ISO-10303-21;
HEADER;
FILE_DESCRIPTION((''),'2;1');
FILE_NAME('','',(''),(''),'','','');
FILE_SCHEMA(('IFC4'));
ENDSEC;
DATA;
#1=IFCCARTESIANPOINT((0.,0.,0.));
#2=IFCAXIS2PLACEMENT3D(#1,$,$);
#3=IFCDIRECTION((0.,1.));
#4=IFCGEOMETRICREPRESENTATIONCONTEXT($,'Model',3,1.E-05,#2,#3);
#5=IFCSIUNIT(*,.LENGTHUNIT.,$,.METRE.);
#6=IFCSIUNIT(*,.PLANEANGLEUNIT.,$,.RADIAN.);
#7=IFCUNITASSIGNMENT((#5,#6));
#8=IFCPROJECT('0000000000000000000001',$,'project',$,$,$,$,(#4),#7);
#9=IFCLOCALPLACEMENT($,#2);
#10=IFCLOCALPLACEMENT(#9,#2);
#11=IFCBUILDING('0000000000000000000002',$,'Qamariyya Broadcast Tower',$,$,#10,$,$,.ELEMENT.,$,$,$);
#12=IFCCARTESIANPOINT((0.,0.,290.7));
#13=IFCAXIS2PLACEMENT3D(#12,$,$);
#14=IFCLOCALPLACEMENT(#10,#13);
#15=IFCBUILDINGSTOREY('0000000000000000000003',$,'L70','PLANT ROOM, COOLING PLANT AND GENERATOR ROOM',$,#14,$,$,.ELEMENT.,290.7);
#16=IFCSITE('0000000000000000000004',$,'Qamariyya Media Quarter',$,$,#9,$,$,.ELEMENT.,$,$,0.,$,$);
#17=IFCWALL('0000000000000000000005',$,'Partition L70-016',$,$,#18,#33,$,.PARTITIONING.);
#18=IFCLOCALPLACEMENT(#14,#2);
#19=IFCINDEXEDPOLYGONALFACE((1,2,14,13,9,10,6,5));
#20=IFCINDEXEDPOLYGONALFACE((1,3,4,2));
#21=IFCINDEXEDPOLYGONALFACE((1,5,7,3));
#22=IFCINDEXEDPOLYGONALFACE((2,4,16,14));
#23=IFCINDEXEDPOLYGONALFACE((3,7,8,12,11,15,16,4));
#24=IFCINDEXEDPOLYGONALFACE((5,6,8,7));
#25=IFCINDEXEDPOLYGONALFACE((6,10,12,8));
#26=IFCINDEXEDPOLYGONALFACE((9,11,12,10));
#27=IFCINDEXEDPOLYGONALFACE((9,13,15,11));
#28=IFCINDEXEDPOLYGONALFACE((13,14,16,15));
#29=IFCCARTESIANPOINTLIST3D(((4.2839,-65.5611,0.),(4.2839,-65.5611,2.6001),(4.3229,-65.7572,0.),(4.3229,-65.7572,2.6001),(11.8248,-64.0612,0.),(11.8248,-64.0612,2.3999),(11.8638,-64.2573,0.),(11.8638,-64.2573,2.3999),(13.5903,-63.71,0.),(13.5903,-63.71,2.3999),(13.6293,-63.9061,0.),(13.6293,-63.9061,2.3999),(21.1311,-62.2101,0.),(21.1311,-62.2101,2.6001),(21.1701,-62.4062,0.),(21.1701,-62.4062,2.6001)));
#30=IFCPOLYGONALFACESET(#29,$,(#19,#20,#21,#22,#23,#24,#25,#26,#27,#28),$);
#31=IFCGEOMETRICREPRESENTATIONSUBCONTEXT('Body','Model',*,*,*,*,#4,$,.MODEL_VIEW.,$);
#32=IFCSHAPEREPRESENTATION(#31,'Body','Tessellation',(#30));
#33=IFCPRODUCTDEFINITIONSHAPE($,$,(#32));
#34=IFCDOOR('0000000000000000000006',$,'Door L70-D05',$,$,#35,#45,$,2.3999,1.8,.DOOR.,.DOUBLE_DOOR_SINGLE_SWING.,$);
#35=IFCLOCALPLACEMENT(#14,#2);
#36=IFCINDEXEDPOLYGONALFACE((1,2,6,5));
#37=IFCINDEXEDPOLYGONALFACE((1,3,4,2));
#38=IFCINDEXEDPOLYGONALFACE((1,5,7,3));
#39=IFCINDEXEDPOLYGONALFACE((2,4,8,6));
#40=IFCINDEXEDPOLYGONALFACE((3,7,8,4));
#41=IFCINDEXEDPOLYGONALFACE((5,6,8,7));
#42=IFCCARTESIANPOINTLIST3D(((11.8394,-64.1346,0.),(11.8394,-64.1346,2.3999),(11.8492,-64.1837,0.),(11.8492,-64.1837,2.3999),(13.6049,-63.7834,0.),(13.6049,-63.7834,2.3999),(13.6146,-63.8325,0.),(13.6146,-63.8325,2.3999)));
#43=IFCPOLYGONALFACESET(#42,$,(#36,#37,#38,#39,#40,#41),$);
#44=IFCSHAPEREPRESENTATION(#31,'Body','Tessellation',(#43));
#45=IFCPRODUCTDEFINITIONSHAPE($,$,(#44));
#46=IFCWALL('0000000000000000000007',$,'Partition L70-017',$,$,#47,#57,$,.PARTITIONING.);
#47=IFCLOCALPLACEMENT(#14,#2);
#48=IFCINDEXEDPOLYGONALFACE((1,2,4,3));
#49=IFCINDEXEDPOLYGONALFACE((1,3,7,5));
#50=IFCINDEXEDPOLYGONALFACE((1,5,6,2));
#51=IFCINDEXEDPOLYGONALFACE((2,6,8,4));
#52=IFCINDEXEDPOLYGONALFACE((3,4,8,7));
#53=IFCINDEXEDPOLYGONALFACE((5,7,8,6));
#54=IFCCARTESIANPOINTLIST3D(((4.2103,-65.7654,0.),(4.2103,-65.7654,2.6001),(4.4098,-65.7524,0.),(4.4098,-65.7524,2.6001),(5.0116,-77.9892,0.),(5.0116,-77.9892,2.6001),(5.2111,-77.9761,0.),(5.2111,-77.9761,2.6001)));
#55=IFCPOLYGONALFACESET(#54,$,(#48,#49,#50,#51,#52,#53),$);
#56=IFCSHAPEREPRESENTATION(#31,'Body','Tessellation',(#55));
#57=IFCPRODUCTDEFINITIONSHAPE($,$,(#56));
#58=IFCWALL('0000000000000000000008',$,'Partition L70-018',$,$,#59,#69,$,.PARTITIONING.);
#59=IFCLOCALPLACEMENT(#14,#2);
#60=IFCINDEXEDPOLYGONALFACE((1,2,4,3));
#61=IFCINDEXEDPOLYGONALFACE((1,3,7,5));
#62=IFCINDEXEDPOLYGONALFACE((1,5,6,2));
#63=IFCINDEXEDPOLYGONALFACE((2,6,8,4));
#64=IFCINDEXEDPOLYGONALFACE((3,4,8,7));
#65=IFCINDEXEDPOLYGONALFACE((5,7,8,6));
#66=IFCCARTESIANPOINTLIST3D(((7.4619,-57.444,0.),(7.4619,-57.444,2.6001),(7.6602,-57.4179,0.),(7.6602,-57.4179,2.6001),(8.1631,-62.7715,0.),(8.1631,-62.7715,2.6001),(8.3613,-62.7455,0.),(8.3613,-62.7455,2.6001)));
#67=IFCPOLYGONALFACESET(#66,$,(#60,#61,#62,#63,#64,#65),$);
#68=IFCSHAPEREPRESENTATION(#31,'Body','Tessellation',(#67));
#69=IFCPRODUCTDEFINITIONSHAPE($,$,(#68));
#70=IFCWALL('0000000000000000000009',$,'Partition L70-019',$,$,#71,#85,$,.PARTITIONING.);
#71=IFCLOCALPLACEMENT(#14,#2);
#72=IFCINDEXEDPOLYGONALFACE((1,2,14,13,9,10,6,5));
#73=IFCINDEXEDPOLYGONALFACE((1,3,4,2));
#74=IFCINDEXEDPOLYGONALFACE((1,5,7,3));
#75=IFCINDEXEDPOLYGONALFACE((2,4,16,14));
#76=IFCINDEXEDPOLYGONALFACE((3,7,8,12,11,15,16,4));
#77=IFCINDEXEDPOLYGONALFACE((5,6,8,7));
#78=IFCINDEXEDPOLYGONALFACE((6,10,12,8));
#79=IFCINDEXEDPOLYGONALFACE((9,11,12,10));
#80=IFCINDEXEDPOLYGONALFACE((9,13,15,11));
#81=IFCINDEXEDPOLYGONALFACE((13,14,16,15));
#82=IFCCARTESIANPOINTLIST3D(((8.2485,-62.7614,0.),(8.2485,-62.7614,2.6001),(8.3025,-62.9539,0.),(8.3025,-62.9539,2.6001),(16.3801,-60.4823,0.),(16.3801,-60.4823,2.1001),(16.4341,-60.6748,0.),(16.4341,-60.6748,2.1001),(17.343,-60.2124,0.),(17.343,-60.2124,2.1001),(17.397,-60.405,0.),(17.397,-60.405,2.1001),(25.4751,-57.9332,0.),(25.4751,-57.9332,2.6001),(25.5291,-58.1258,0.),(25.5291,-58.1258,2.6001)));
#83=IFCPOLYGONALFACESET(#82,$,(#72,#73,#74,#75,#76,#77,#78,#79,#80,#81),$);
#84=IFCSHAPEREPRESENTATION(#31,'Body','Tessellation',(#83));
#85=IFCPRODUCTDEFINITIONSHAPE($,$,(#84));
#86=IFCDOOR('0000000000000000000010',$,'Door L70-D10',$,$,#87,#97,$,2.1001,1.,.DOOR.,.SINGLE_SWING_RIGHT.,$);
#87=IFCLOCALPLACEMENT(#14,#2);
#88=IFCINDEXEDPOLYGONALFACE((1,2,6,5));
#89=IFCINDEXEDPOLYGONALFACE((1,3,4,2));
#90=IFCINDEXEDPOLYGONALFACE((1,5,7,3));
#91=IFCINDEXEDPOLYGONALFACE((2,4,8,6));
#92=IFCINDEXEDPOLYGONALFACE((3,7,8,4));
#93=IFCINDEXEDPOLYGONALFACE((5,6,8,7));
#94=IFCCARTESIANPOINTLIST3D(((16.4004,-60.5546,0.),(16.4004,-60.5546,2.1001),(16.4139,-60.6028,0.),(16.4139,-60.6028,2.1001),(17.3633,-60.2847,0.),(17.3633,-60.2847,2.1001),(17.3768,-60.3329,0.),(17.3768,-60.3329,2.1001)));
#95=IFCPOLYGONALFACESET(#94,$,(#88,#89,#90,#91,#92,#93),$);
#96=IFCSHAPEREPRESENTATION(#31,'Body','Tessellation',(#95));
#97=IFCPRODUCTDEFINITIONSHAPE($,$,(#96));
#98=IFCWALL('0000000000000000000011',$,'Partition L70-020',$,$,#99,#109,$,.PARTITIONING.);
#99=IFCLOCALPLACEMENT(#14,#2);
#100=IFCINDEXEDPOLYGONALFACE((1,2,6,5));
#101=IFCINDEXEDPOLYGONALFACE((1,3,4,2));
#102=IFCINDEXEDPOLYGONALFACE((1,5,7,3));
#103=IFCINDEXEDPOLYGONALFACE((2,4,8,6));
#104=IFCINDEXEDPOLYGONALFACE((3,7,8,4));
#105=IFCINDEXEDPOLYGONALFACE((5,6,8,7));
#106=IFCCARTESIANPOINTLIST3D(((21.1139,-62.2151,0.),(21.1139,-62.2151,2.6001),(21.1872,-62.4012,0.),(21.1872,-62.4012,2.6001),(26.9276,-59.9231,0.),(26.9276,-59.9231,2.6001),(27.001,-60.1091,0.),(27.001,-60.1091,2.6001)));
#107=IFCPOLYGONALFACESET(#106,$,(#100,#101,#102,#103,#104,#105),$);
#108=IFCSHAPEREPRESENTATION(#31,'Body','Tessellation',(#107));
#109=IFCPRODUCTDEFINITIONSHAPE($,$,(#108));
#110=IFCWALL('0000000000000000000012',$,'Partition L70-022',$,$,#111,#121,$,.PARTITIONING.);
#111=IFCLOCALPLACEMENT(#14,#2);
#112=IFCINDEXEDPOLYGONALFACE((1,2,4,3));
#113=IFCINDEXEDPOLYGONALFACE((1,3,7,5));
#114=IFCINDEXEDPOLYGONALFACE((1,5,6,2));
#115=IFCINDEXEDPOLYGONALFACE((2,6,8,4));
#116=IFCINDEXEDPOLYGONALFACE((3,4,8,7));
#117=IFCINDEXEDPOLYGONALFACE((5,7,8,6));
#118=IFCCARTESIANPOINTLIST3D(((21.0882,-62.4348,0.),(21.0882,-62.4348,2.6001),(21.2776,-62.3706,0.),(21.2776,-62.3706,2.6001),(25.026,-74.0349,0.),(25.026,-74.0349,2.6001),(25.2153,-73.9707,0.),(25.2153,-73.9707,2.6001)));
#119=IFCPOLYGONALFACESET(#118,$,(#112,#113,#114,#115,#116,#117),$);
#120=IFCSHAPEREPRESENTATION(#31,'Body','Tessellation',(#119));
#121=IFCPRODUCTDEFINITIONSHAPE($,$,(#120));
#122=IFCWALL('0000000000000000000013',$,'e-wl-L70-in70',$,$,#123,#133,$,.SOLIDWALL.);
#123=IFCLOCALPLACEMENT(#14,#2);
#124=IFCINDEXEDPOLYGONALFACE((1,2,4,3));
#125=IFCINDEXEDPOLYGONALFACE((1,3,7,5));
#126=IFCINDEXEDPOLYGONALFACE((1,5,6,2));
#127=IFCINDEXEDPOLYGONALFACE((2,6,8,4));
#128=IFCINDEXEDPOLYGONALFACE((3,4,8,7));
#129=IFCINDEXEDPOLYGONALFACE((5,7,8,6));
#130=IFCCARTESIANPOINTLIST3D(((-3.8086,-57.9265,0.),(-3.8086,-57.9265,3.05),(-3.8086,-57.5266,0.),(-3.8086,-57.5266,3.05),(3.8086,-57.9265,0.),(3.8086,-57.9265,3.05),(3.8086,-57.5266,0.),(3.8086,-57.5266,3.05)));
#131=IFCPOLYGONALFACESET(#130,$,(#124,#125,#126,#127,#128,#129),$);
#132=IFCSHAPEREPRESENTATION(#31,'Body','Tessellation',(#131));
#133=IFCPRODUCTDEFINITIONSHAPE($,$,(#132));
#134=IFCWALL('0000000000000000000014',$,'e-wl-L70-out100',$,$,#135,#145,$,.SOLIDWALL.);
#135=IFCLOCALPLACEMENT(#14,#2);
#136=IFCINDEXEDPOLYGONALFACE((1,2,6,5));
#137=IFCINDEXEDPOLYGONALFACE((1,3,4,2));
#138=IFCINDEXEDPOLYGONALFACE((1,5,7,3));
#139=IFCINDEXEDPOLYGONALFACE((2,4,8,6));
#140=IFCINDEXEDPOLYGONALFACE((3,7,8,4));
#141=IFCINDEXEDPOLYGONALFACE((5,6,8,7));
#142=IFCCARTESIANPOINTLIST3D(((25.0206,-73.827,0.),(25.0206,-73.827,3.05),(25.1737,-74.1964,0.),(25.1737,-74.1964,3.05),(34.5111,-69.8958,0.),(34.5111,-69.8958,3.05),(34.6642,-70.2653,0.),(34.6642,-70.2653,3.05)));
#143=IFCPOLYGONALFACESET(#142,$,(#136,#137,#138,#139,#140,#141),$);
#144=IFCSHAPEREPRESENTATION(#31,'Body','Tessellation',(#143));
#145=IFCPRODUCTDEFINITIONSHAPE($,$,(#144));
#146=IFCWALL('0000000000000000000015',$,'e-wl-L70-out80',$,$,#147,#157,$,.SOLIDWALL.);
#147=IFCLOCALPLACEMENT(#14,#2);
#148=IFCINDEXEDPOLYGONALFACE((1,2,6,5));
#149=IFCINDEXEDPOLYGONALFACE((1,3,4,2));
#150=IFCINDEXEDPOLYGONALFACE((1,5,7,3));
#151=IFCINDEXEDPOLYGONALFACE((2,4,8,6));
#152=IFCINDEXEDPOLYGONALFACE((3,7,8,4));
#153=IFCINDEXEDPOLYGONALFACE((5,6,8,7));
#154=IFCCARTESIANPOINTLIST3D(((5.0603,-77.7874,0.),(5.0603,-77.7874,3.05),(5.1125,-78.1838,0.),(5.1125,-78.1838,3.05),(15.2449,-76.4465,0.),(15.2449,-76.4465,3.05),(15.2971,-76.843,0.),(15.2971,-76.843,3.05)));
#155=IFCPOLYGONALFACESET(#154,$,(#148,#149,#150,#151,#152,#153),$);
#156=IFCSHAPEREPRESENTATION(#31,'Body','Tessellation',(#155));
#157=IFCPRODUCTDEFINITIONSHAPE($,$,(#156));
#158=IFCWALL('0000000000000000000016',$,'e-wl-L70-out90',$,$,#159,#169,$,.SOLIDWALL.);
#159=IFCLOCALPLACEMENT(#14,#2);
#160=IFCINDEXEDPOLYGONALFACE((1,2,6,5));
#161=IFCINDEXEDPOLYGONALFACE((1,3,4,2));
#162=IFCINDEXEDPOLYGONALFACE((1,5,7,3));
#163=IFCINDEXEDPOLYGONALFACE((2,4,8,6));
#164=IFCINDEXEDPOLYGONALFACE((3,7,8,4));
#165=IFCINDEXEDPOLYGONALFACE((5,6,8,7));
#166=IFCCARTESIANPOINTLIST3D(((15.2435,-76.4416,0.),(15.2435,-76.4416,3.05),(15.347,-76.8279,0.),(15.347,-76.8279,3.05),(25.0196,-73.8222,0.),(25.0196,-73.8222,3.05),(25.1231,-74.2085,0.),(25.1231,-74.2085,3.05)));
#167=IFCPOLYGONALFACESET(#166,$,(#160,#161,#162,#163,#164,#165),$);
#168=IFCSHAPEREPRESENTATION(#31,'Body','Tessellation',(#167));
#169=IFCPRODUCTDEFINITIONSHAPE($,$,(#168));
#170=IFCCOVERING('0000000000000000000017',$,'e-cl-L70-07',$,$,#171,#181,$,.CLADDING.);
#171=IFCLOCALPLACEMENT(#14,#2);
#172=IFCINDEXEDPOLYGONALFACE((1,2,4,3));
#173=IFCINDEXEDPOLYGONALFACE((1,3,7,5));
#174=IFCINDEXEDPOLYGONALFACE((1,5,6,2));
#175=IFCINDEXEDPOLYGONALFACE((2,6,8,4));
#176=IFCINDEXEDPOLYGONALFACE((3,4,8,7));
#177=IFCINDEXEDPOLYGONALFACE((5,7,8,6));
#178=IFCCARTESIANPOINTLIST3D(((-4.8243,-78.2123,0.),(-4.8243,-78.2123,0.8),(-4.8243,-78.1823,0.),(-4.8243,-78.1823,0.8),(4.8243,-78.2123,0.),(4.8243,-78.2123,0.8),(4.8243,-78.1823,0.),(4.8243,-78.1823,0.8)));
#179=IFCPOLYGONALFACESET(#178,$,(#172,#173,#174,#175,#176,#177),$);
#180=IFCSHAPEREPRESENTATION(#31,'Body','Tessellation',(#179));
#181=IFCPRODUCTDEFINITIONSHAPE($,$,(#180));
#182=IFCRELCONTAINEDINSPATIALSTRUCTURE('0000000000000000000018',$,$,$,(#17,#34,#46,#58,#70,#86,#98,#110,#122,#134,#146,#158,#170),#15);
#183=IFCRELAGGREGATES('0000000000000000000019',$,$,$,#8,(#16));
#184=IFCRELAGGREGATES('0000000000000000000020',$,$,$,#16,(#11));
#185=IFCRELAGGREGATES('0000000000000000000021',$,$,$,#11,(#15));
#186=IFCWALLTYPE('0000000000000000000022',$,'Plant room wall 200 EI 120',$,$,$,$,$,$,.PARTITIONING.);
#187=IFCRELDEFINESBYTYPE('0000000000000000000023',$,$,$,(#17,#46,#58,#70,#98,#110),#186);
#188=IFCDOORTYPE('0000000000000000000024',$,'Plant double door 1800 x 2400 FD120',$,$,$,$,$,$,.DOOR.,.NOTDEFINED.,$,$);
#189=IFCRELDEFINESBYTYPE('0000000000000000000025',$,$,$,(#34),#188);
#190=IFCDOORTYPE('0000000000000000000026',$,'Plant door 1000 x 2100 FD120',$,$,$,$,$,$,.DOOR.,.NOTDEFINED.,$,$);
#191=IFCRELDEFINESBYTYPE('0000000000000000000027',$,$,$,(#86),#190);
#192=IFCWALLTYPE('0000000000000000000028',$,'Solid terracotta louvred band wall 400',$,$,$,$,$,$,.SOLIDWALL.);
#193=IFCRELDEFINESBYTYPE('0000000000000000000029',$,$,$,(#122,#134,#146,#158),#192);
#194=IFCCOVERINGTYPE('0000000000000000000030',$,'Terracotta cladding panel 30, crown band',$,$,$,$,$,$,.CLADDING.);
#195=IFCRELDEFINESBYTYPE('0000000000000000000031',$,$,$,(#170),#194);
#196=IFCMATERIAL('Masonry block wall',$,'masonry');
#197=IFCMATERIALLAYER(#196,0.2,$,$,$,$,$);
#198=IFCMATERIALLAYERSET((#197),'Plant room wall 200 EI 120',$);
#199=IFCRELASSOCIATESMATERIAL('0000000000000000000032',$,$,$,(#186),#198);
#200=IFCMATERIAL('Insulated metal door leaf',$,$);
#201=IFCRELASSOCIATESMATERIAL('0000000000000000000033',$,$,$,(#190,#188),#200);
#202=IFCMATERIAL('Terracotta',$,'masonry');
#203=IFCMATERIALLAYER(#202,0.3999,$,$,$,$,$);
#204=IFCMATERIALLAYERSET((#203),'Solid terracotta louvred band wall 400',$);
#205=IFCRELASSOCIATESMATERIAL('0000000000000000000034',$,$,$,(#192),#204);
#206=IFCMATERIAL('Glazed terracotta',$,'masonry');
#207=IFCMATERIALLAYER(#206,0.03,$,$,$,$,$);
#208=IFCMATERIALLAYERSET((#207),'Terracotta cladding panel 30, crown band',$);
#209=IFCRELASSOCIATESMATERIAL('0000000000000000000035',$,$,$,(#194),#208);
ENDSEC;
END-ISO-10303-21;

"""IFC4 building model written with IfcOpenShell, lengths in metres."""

from ifc_helpers import new_model, si_unit, direction, frame, frame_2d, origin, origin_2d, place, context, subcontext, project, spatial, rectangle, extrude, material, layer, layer_set, type_object, element, fill, save


model = new_model("IFC4")

# Units and contexts
model_context = context("Model", 3, precision=1e-05, world=origin(), true_north=direction((0.0, 1.0)))
body_context = subcontext(model_context, "Body", "Model", "MODEL_VIEW")
ifc_project = project(units=[si_unit("LENGTHUNIT", "METRE"), si_unit("PLANEANGLEUNIT", "RADIAN")], contexts=[model_context])

# Site, building, storey
site_placement = place(None, origin())
site = spatial("IfcSite", under=ifc_project, at=site_placement, Name="Qamariyya Media Quarter", CompositionType="ELEMENT", RefElevation=0.0)
building_placement = place(site_placement, origin())
building = spatial("IfcBuilding", under=site, at=building_placement, Name="Qamariyya Broadcast Tower", CompositionType="ELEMENT")
storey_placement = place(building_placement, frame((0.0, 0.0, 290.7)))
storey = spatial("IfcBuildingStorey", under=building, at=storey_placement, Name="L70", Description="PLANT ROOM, COOLING PLANT AND GENERATOR ROOM", CompositionType="ELEMENT", Elevation=290.7)

# Wall, opening, door
ifc_material_1 = material(Name="Masonry block wall", Category="masonry")
ifc_layer_1 = layer(ifc_material_1, 0.2)
ifc_layer_set_1 = layer_set([ifc_layer_1], Name="Plant room wall 200 EI 120")
wall_type_1 = type_object("IfcWallType", Name="Plant room wall 200 EI 120", PredefinedType="PARTITIONING", material=ifc_layer_set_1)
ifc_material_2 = material(Name="Insulated metal door leaf")
door_type_1 = type_object("IfcDoorType", Name="Plant door 1000 x 2100 FD120", OperationType="NOTDEFINED", PredefinedType="DOOR", material=ifc_material_2)
wall_1_placement = place(storey_placement, frame((21.1506, -62.3081, 0.0), z_axis=(0.0, 0.0, 1.0), x_axis=(-0.980786, -0.195088, 0.0)))
wall_1 = element("IfcWall", 1, at=wall_1_placement, inside=storey, type_object=wall_type_1, Name="Partition L70-016", PredefinedType="PARTITIONING", context=body_context, shape_type="SweptSolid", body=[
    extrude(rectangle(XDim=17.1772, YDim=0.2, at=frame_2d((8.5886, 0.0))), origin(), (0.0, 0.0, 1.0), 2.6001),
])
opening_1_placement = place(wall_1_placement, frame((7.6887, 0.0, 0.0)))
opening_1 = element("IfcOpeningElement", 2, at=opening_1_placement, cuts=wall_1, PredefinedType="OPENING", context=body_context, shape_type="SweptSolid", body=[
    extrude(rectangle(XDim=1.8, YDim=2.3999, at=frame_2d((0.8999, 1.2))), frame((0.0, 0.1099, 0.0), z_axis=(0.0, -1.0, 0.0), x_axis=(1.0, 0.0, 0.0)), (0.0, 0.0, 1.0), 0.22),
])
door_type_2 = type_object("IfcDoorType", Name="Plant double door 1800 x 2400 FD120", OperationType="NOTDEFINED", PredefinedType="DOOR", material=ifc_material_2)
door_1_placement = place(opening_1_placement, origin())
door_1 = element("IfcDoor", 3, at=door_1_placement, inside=storey, type_object=door_type_2, Name="Door L70-D05", OperationType="DOUBLE_DOOR_SINGLE_SWING", OverallHeight=2.3999, OverallWidth=1.8, PredefinedType="DOOR", context=body_context, shape_type="SweptSolid", body=[
    extrude(rectangle(XDim=1.8, YDim=2.3999, at=frame_2d((0.8999, 1.2))), frame((0.0, 0.0249, 0.0), z_axis=(0.0, -1.0, 0.0), x_axis=(1.0, 0.0, 0.0)), (0.0, 0.0, 1.0), 0.05),
])
fill(opening_1, door_1)

# Walls
wall_2_placement = place(storey_placement, frame((5.1113, -77.9827, 0.0), z_axis=(0.0, 0.0, 1.0), x_axis=(-0.065409, 0.997859, 0.0)))
element("IfcWall", 4, at=wall_2_placement, inside=storey, type_object=wall_type_1, Name="Partition L70-017", PredefinedType="PARTITIONING", context=body_context, shape_type="SweptSolid", body=[
    extrude(rectangle(XDim=12.25, YDim=0.2, at=frame_2d((6.125, 0.0))), origin(), (0.0, 0.0, 1.0), 2.6001),
])
wall_3_placement = place(storey_placement, frame((7.561, -57.4309, 0.0), z_axis=(0.0, 0.0, 1.0), x_axis=(0.130485, -0.99145, 0.0)))
element("IfcWall", 5, at=wall_3_placement, inside=storey, type_object=wall_type_1, Name="Partition L70-018", PredefinedType="PARTITIONING", context=body_context, shape_type="SweptSolid", body=[
    extrude(rectangle(XDim=5.3735, YDim=0.2, at=frame_2d((2.6868, 0.0))), origin(), (0.0, 0.0, 1.0), 2.6001),
])

# Wall, opening, door
wall_4_placement = place(storey_placement, frame((8.2754, -62.8577, 0.0), z_axis=(0.0, 0.0, 1.0), x_axis=(0.962896, 0.269873, 0.0)))
wall_4 = element("IfcWall", 6, at=wall_4_placement, inside=storey, type_object=wall_type_1, Name="Partition L70-019", PredefinedType="PARTITIONING", context=body_context, shape_type="SweptSolid", body=[
    extrude(rectangle(XDim=17.8904, YDim=0.2, at=frame_2d((8.9453, 0.0))), origin(), (0.0, 0.0, 1.0), 2.6001),
])
opening_2_placement = place(wall_4_placement, frame((8.4451, 0.0, 0.0)))
opening_2 = element("IfcOpeningElement", 7, at=opening_2_placement, cuts=wall_4, PredefinedType="OPENING", context=body_context, shape_type="SweptSolid", body=[
    extrude(rectangle(XDim=1.0, YDim=2.1001, at=frame_2d((0.5, 1.05))), frame((0.0, 0.1099, 0.0), z_axis=(0.0, -1.0, 0.0), x_axis=(1.0, 0.0, 0.0)), (0.0, 0.0, 1.0), 0.22),
])
door_2_placement = place(opening_2_placement, origin())
door_2 = element("IfcDoor", 8, at=door_2_placement, inside=storey, type_object=door_type_1, Name="Door L70-D10", OperationType="SINGLE_SWING_RIGHT", OverallHeight=2.1001, OverallWidth=1.0, PredefinedType="DOOR", context=body_context, shape_type="SweptSolid", body=[
    extrude(rectangle(XDim=1.0, YDim=2.1001, at=frame_2d((0.5, 1.05))), frame((0.0, 0.0249, 0.0), z_axis=(0.0, -1.0, 0.0), x_axis=(1.0, 0.0, 0.0)), (0.0, 0.0, 1.0), 0.05),
])
fill(opening_2, door_2)

# Walls
wall_5_placement = place(storey_placement, frame((21.1506, -62.3081, 0.0), z_axis=(0.0, 0.0, 1.0), x_axis=(0.930313, 0.366765, 0.0)))
element("IfcWall", 9, at=wall_5_placement, inside=storey, type_object=wall_type_1, Name="Partition L70-020", PredefinedType="PARTITIONING", context=body_context, shape_type="SweptSolid", body=[
    extrude(rectangle(XDim=6.2493, YDim=0.2, at=frame_2d((3.1245, 0.0))), origin(), (0.0, 0.0, 1.0), 2.6001),
])
wall_6_placement = place(storey_placement, frame((25.1206, -74.0027, 0.0), z_axis=(0.0, 0.0, 1.0), x_axis=(-0.321443, 0.946929, 0.0)))
element("IfcWall", 10, at=wall_6_placement, inside=storey, type_object=wall_type_1, Name="Partition L70-022", PredefinedType="PARTITIONING", context=body_context, shape_type="SweptSolid", body=[
    extrude(rectangle(XDim=12.2502, YDim=0.2, at=frame_2d((6.125, 0.0))), origin(), (0.0, 0.0, 1.0), 2.6001),
])
ifc_material_3 = material(Name="Terracotta", Category="masonry")
ifc_layer_2 = layer(ifc_material_3, 0.3999)
ifc_layer_set_2 = layer_set([ifc_layer_2], Name="Solid terracotta louvred band wall 400")
wall_type_2 = type_object("IfcWallType", Name="Solid terracotta louvred band wall 400", PredefinedType="SOLIDWALL", material=ifc_layer_set_2)
wall_7_placement = place(storey_placement, frame((3.8086, -57.7266, 0.0), z_axis=(0.0, 0.0, 1.0), x_axis=(-1.0, 0.0, 0.0)))
element("IfcWall", 11, at=wall_7_placement, inside=storey, type_object=wall_type_2, Name="e-wl-L70-in70", PredefinedType="SOLIDWALL", context=body_context, shape_type="SweptSolid", body=[
    extrude(rectangle(XDim=7.6172, YDim=0.3999, at=frame_2d((3.8086, 0.0))), origin(), (0.0, 0.0, 1.0), 3.05),
])
for number, where, z_axis, x_axis, name in (
    (12, (25.0972, -74.0117, 0.0), (0.0, 0.0, 1.0), (0.923877, 0.382689, 0.0), "e-wl-L70-out100"),
    (13, (5.0864, -77.9856, 0.0), (0.0, 0.0, 1.0), (0.991445, 0.130526, 0.0), "e-wl-L70-out80"),
):
    element("IfcWall", number, at=place(storey_placement, frame(where, z_axis=z_axis, x_axis=x_axis)), inside=storey, type_object=wall_type_2, Name=name, PredefinedType="SOLIDWALL", context=body_context, shape_type="SweptSolid", body=[
        extrude(rectangle(XDim=10.2725, YDim=0.3999, at=frame_2d((5.1362, 0.0))), origin(), (0.0, 0.0, 1.0), 3.05),
    ])
wall_8_placement = place(storey_placement, frame((15.2952, -76.6348, 0.0), z_axis=(0.0, 0.0, 1.0), x_axis=(0.965929, 0.258808, 0.0)))
element("IfcWall", 14, at=wall_8_placement, inside=storey, type_object=wall_type_2, Name="e-wl-L70-out90", PredefinedType="SOLIDWALL", context=body_context, shape_type="SweptSolid", body=[
    extrude(rectangle(XDim=10.1208, YDim=0.3999, at=frame_2d((5.0605, 0.0))), origin(), (0.0, 0.0, 1.0), 3.05),
])

# Covering
ifc_material_4 = material(Name="Glazed terracotta", Category="masonry")
ifc_layer_3 = layer(ifc_material_4, 0.03)
ifc_layer_set_3 = layer_set([ifc_layer_3], Name="Terracotta cladding panel 30, crown band")
covering_type = type_object("IfcCoveringType", Name="Terracotta cladding panel 30, crown band", PredefinedType="CLADDING", material=ifc_layer_set_3)
for number, where, z_axis, x_axis, name in (
    (15, (0.0, -78.1973, 0.0), (0.0, 0.0, 1.0), (1.0, 0.0, 0.0), "e-cl-L70-07"),
):
    element("IfcCovering", number, at=place(storey_placement, frame(where, z_axis=z_axis, x_axis=x_axis)), inside=storey, type_object=covering_type, Name=name, PredefinedType="CLADDING", context=body_context, shape_type="SweptSolid", body=[
        extrude(rectangle(XDim=9.6487, YDim=0.03, at=origin_2d()), origin(), (0.0, 0.0, 1.0), 0.8),
    ])

save(model, "model.ifc")
